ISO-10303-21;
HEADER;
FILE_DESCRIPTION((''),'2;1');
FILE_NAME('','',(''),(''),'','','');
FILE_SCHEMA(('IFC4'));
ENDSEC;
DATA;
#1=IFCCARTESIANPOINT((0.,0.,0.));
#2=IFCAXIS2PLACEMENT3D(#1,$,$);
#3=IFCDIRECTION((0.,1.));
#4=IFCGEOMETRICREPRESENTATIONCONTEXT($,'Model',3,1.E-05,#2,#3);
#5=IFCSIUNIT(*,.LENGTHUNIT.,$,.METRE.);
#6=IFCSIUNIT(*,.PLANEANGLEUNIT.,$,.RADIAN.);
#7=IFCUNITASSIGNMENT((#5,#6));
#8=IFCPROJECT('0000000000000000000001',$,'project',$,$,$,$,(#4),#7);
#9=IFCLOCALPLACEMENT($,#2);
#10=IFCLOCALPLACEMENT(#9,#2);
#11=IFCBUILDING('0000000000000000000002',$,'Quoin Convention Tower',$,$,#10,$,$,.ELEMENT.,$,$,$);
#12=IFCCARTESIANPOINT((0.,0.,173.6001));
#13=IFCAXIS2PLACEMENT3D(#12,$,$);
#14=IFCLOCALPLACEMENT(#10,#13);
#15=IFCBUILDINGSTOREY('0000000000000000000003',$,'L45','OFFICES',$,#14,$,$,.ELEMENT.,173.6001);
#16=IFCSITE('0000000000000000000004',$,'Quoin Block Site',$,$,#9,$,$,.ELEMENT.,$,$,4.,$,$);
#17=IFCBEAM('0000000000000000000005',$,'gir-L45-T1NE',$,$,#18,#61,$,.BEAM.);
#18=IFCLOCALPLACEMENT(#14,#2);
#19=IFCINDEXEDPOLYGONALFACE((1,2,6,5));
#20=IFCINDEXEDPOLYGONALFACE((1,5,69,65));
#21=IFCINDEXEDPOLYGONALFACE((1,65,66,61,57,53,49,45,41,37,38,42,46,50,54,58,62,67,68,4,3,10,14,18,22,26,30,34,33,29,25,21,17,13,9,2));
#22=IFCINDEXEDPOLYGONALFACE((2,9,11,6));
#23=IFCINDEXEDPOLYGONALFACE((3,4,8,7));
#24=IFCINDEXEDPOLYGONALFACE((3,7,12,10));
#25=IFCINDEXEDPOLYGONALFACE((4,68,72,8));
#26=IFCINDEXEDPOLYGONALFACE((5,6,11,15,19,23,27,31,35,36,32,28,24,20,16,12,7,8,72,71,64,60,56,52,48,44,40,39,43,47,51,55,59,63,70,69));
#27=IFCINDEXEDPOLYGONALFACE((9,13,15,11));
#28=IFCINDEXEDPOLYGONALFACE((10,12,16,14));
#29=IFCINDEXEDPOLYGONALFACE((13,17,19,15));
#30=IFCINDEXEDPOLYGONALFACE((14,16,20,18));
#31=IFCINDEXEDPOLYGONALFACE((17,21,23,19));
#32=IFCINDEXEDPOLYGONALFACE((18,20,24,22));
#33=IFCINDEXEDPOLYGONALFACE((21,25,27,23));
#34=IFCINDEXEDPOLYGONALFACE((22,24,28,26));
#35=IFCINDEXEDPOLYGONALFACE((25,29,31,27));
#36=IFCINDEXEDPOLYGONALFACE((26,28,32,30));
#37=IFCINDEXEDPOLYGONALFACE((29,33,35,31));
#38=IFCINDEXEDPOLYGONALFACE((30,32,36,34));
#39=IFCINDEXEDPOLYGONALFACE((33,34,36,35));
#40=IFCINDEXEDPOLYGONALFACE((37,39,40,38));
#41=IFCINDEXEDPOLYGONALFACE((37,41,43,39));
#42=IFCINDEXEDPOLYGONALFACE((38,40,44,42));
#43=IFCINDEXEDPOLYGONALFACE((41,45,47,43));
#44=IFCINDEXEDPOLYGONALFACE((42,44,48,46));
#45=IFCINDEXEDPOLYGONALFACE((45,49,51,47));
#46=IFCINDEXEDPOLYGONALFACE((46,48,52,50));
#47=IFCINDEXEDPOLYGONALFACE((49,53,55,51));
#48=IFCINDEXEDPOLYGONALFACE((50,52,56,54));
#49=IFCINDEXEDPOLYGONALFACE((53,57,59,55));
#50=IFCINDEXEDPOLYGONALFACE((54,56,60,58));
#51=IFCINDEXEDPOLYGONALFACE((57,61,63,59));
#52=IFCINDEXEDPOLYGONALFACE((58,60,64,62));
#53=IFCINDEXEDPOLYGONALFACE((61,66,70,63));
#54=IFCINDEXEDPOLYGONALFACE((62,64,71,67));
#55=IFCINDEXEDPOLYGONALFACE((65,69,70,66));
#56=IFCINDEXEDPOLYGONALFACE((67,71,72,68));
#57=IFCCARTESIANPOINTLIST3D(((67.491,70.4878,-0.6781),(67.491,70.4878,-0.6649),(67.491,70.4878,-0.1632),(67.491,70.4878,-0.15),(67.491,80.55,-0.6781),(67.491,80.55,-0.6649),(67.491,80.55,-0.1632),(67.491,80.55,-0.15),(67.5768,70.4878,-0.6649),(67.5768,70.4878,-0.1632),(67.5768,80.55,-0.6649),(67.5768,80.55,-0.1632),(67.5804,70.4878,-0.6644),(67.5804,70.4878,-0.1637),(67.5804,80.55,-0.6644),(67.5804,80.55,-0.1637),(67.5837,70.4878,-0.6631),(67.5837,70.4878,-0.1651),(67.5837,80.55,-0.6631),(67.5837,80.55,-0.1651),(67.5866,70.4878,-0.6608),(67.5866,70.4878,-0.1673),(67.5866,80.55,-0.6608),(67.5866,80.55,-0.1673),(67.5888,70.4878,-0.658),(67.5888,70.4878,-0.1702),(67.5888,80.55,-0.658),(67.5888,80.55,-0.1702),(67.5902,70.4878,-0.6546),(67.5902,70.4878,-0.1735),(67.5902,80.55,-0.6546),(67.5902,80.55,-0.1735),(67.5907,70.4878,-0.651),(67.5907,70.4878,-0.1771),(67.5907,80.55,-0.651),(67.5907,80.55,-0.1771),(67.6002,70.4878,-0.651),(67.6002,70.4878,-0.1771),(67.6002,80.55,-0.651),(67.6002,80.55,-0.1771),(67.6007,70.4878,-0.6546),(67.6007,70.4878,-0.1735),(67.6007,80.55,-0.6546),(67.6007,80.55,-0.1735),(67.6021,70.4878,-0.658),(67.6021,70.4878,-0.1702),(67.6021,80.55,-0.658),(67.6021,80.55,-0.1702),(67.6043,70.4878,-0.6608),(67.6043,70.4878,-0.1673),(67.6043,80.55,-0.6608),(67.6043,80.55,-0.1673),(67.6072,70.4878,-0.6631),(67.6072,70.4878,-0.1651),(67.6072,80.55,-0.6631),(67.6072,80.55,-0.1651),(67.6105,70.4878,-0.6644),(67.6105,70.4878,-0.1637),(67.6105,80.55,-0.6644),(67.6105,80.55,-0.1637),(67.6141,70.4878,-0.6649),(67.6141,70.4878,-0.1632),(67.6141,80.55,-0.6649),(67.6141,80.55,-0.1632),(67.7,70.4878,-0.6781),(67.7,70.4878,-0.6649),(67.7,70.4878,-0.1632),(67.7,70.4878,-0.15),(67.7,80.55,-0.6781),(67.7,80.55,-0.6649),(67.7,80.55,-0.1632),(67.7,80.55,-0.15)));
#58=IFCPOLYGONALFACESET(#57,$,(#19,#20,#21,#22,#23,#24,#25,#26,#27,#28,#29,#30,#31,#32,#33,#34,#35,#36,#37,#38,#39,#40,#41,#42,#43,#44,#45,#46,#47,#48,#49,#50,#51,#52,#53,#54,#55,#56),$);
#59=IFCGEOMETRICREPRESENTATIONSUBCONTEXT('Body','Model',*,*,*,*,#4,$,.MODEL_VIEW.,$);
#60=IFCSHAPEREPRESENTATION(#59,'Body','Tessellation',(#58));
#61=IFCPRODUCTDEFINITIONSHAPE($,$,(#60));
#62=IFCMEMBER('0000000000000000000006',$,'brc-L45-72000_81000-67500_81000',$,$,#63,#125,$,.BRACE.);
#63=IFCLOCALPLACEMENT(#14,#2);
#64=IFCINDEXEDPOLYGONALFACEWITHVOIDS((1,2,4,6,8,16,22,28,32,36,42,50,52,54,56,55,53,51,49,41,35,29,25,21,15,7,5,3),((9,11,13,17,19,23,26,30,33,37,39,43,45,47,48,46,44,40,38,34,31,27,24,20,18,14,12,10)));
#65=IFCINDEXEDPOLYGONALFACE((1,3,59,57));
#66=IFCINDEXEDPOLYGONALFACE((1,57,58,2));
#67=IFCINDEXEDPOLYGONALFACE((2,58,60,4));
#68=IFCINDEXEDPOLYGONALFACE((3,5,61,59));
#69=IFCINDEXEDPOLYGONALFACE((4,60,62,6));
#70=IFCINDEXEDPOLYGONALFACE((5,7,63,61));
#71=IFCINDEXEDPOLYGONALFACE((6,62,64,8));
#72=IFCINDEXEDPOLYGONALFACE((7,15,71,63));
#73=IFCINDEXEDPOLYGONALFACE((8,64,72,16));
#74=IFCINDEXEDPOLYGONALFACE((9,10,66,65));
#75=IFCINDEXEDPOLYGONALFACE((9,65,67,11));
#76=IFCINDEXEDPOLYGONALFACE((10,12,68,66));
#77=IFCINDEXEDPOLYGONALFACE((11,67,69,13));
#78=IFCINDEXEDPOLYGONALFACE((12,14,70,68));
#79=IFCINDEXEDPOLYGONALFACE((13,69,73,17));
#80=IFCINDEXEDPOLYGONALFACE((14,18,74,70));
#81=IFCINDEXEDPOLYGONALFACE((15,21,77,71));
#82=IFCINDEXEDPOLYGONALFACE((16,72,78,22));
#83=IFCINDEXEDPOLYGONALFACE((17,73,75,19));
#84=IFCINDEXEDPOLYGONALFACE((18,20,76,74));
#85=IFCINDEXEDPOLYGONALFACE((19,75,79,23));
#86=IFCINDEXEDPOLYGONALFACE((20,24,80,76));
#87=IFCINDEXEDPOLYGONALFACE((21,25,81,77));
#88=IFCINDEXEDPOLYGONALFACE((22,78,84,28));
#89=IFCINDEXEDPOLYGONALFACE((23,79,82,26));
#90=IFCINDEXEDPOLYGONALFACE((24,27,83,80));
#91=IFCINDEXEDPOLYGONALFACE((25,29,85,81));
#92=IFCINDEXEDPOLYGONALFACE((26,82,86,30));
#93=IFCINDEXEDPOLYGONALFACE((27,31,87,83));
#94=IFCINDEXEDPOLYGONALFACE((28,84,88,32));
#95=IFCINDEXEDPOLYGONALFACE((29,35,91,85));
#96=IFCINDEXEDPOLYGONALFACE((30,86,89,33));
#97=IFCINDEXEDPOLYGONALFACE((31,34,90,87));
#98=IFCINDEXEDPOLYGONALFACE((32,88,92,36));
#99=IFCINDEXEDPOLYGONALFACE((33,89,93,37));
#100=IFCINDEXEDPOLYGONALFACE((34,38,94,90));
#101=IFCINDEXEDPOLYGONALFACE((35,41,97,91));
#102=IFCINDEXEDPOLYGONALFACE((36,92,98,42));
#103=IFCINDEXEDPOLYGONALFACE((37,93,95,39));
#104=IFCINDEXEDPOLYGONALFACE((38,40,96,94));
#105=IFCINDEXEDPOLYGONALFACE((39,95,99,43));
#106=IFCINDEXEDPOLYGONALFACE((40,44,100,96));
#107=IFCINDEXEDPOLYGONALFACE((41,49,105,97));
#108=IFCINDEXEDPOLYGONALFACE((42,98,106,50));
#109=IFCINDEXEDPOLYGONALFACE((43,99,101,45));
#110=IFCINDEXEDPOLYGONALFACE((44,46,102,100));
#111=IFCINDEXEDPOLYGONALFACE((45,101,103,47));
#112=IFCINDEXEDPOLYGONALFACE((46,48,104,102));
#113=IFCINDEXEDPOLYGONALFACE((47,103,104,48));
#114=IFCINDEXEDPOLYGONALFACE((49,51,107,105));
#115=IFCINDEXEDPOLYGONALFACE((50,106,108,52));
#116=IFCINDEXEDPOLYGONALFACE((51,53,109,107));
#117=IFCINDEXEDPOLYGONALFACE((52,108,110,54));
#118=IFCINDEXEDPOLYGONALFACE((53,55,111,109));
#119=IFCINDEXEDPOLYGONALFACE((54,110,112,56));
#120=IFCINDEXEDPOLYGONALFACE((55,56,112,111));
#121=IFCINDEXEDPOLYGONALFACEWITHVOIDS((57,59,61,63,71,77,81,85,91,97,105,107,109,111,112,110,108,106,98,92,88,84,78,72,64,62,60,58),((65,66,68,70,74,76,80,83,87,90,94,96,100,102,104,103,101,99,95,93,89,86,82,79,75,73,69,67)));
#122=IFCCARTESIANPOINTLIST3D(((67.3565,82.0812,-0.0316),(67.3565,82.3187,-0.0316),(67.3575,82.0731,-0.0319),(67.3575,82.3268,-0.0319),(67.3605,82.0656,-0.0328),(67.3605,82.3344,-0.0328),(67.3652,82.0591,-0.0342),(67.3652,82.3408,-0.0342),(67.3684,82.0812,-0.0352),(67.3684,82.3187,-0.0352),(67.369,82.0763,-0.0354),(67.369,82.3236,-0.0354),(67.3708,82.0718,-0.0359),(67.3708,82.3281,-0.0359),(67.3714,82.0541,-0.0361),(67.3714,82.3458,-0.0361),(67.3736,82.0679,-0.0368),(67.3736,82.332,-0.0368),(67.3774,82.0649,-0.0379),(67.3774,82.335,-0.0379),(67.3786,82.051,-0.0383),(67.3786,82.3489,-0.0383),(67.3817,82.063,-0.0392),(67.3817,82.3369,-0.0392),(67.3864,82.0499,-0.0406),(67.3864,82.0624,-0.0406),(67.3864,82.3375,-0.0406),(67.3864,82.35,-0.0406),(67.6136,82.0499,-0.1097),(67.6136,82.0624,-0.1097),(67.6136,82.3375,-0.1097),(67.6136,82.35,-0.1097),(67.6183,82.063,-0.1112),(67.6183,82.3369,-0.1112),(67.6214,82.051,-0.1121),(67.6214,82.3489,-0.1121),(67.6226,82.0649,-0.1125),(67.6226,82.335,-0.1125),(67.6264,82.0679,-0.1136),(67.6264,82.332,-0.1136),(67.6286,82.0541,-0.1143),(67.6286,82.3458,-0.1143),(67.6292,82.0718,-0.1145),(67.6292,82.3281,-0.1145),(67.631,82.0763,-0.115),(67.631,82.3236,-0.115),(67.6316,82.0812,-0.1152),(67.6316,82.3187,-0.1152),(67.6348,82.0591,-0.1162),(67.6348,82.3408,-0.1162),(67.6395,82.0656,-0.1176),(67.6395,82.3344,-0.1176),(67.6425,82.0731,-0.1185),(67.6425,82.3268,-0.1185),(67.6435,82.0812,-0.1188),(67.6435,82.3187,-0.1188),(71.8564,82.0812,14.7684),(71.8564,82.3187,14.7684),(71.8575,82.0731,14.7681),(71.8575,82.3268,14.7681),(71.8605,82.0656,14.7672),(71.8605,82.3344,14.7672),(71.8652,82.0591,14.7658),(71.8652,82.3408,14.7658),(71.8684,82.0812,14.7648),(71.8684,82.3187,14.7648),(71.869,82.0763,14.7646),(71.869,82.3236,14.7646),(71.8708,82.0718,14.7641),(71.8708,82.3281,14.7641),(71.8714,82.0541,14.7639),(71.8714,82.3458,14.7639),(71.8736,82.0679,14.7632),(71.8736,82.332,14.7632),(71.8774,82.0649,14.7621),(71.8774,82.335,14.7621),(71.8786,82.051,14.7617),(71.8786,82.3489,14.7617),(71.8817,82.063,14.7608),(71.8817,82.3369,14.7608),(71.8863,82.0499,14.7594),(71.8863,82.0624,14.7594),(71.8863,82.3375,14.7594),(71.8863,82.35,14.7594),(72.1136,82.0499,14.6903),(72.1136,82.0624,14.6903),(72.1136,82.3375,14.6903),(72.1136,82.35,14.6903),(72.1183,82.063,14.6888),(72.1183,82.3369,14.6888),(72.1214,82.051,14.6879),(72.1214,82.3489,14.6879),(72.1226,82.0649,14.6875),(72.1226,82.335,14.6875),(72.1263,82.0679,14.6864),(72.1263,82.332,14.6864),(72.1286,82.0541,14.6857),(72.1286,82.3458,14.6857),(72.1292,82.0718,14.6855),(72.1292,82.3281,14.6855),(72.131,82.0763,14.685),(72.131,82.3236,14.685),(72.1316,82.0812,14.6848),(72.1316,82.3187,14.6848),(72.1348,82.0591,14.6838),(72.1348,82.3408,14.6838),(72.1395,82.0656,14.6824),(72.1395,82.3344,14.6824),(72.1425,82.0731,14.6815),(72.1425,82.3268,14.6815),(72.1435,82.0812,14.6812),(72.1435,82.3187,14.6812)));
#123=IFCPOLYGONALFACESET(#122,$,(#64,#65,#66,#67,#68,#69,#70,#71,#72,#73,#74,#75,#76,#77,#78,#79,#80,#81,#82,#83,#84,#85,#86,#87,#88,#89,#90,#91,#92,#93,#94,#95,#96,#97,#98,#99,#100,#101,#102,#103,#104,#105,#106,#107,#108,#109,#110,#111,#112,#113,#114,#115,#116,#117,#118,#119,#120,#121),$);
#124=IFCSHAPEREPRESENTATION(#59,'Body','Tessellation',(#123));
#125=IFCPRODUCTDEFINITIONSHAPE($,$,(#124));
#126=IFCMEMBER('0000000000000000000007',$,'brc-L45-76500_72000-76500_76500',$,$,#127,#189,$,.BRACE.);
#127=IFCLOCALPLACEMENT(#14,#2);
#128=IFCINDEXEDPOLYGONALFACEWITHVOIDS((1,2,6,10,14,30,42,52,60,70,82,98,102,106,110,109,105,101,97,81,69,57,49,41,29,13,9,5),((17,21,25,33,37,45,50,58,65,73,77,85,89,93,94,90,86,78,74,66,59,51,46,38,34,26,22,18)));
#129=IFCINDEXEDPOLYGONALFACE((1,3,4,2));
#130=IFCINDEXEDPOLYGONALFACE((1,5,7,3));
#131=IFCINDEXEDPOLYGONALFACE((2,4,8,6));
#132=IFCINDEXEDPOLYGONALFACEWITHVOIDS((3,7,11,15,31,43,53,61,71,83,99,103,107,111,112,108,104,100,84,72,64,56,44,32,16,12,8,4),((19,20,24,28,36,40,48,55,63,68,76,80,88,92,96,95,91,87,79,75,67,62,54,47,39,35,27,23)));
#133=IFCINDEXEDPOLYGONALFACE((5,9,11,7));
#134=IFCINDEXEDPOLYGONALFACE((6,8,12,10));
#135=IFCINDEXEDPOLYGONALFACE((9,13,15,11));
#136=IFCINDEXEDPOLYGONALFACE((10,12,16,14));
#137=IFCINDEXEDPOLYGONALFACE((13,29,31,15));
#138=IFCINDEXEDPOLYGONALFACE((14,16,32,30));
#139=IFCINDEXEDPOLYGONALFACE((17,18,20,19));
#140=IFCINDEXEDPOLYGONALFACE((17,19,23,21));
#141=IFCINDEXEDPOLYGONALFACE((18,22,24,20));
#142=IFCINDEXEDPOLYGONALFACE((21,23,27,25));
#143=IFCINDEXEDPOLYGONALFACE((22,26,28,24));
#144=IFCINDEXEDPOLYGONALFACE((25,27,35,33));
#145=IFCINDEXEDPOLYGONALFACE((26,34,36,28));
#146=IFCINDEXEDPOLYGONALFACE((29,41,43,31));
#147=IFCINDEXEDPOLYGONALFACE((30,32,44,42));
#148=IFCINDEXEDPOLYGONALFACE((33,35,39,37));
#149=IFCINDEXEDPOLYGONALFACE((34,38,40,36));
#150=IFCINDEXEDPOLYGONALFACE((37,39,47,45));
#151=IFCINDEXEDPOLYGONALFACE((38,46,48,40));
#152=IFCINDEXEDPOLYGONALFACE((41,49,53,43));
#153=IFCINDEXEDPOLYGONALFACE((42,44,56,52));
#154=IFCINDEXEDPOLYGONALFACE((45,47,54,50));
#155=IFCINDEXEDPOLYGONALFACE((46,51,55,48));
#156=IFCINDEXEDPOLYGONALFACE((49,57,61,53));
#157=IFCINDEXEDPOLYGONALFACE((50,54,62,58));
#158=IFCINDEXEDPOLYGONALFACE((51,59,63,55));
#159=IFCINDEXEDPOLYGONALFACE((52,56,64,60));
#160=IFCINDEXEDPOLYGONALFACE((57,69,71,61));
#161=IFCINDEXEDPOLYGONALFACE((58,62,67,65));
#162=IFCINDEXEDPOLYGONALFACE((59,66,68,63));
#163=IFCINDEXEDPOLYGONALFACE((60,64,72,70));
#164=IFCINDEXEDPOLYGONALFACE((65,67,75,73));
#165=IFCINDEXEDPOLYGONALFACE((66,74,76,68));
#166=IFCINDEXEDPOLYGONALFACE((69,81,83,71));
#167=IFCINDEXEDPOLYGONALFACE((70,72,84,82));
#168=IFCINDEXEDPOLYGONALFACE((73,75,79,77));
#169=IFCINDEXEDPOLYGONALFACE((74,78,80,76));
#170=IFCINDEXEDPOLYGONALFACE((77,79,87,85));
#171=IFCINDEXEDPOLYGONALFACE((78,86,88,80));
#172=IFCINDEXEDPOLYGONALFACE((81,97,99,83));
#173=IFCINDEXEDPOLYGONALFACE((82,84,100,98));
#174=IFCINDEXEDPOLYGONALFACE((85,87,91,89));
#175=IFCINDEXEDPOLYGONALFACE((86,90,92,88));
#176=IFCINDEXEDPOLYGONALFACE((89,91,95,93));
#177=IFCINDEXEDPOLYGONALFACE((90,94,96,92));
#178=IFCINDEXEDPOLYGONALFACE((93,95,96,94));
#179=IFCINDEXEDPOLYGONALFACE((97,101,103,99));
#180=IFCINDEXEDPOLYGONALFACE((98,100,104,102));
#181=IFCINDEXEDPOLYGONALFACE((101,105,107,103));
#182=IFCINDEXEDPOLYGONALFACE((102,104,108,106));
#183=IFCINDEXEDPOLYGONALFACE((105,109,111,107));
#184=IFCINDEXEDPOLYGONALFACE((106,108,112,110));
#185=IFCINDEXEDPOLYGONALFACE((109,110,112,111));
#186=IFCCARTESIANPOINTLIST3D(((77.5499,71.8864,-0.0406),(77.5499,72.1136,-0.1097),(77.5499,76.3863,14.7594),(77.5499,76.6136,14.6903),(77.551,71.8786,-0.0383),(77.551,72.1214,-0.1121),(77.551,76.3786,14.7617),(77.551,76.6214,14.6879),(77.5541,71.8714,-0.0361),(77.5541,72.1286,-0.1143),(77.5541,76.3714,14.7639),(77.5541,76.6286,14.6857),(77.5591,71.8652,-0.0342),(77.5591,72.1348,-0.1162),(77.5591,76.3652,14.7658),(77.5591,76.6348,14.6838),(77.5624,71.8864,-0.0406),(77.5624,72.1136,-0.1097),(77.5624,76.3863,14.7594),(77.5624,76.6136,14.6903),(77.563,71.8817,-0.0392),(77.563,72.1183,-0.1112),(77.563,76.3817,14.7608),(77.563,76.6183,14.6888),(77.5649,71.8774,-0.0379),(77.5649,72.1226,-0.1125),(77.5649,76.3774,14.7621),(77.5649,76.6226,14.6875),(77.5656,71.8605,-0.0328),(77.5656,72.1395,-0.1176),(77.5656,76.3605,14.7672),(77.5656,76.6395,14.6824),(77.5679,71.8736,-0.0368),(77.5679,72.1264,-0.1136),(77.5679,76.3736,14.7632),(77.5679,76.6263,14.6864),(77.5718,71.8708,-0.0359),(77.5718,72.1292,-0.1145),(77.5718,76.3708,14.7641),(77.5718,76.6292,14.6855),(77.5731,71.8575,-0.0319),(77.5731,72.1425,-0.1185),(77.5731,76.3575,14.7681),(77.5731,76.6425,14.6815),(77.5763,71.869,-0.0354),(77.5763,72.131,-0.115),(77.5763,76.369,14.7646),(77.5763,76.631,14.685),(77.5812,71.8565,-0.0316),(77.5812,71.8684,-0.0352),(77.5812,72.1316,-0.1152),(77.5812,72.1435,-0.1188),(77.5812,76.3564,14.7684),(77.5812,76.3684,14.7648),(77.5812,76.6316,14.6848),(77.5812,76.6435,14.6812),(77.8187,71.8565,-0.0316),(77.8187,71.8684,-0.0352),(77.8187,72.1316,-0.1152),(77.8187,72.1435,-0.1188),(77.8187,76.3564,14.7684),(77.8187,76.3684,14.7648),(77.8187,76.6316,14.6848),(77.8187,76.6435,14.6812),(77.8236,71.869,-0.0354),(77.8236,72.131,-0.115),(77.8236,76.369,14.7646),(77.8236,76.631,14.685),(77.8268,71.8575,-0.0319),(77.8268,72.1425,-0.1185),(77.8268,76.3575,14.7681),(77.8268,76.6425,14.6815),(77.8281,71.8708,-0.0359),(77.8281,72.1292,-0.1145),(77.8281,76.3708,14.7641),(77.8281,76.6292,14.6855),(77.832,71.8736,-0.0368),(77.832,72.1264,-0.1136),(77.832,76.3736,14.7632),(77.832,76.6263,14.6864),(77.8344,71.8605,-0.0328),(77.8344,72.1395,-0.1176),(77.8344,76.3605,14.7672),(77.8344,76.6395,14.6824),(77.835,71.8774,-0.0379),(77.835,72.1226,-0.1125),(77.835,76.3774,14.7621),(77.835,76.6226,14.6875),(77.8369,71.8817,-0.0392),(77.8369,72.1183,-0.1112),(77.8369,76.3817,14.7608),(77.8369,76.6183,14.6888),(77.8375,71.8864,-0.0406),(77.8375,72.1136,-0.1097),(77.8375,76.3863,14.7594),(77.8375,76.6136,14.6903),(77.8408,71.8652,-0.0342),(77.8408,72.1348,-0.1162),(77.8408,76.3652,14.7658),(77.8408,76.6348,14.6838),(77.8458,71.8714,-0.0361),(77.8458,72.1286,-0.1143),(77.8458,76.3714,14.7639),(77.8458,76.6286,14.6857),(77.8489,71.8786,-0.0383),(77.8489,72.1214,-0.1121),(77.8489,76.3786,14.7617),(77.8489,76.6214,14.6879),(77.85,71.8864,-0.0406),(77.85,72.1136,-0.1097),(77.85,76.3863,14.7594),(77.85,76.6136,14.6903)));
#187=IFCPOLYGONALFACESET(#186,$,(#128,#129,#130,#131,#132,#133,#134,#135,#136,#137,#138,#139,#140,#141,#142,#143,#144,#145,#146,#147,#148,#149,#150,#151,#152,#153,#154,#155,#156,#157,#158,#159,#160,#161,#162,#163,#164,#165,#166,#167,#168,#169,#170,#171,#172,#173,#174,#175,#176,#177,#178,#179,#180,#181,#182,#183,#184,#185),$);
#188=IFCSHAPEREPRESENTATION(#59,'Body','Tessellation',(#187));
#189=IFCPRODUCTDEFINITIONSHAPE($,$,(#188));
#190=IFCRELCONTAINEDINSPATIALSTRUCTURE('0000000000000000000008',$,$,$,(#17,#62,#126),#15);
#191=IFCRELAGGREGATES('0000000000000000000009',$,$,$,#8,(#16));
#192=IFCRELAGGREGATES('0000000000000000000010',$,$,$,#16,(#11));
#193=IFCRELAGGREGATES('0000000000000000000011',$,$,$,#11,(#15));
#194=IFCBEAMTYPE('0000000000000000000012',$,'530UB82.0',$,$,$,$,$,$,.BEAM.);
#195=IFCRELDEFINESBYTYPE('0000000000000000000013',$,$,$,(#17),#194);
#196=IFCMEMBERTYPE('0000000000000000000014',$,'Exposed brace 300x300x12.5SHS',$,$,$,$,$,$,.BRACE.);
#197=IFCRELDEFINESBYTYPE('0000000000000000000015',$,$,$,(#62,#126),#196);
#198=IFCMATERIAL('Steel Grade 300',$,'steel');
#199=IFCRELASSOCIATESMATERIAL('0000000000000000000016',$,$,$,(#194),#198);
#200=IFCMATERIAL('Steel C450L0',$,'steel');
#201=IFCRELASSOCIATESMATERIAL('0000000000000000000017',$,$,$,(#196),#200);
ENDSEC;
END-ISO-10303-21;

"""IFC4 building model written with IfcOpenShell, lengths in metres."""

from ifc_helpers import new_model, si_unit, direction, frame, origin, origin_2d, place, context, subcontext, project, spatial, hollow_rectangle, i_section, extrude, material, material_profile, profile_set, type_object, element, save


model = new_model("IFC4")

# Units and contexts
model_context = context("Model", 3, precision=1e-05, world=origin(), true_north=direction((0.0, 1.0)))
body_context = subcontext(model_context, "Body", "Model", "MODEL_VIEW")
ifc_project = project(units=[si_unit("LENGTHUNIT", "METRE"), si_unit("PLANEANGLEUNIT", "RADIAN")], contexts=[model_context])

# Site, building, storey
site_placement = place(None, origin())
site = spatial("IfcSite", under=ifc_project, at=site_placement, Name="Quoin Block Site", CompositionType="ELEMENT", RefElevation=4.0)
building_placement = place(site_placement, origin())
building = spatial("IfcBuilding", under=site, at=building_placement, Name="Quoin Convention Tower", CompositionType="ELEMENT")
storey_placement = place(building_placement, frame((0.0, 0.0, 173.6001)))
storey = spatial("IfcBuildingStorey", under=building, at=storey_placement, Name="L45", Description="OFFICES", CompositionType="ELEMENT", Elevation=173.6001)

# Beam
ifc_material_1 = material(Name="Steel Grade 300", Category="steel")
ifc_material_profile_1 = material_profile(ifc_material_1, i_section(OverallWidth=0.209, OverallDepth=0.5281, WebThickness=0.0095, FlangeThickness=0.0132, FilletRadius=0.0139, at=origin_2d()), Name="530UB82.0")
ifc_profile_set_1 = profile_set([ifc_material_profile_1], Name="Steel Grade 300")
beam_type_1 = type_object("IfcBeamType", Name="530UB82.0", PredefinedType="BEAM", material=ifc_profile_set_1)
beam_1_placement = place(storey_placement, frame((67.5955, 80.55, -0.4141), z_axis=(0.0, -1.0, 0.0), x_axis=(1.0, 0.0, 0.0)))
element("IfcBeam", 1, at=beam_1_placement, inside=storey, type_object=beam_type_1, Name="gir-L45-T1NE", PredefinedType="BEAM", context=body_context, shape_type="SweptSolid", body=[
    extrude(i_section(OverallWidth=0.209, OverallDepth=0.5281, WebThickness=0.0095, FlangeThickness=0.0132, FilletRadius=0.0139, at=origin_2d()), origin(), (0.0, 0.0, 1.0), 10.0623),
])

# Members
ifc_material_2 = material(Name="Steel C450L0", Category="steel")
ifc_material_profile_2 = material_profile(ifc_material_2, hollow_rectangle(XDim=0.3, YDim=0.3, WallThickness=0.0125, InnerFilletRadius=0.0188, OuterFilletRadius=0.0312, at=origin_2d()), Name="300x300x12.5SHS")
ifc_profile_set_2 = profile_set([ifc_material_profile_2], Name="Steel C450L0")
member_type = type_object("IfcMemberType", Name="Exposed brace 300x300x12.5SHS", PredefinedType="BRACE", material=ifc_profile_set_2)
for number, where, z_axis, x_axis, name in (
    (2, (67.5, 82.2, -0.0752), (0.290903, 0.0, 0.956752), (0.0, 1.0, 0.0), "brc-L45-72000_81000-67500_81000"),
    (3, (77.7, 72.0, -0.0752), (0.0, 0.290903, 0.956752), (-1.0, 0.0, 0.0), "brc-L45-76500_72000-76500_76500"),
):
    element("IfcMember", number, at=place(storey_placement, frame(where, z_axis=z_axis, x_axis=x_axis)), inside=storey, type_object=member_type, Name=name, PredefinedType="BRACE", context=body_context, shape_type="SweptSolid", body=[
        extrude(hollow_rectangle(XDim=0.3, YDim=0.3, WallThickness=0.0125, InnerFilletRadius=0.0188, OuterFilletRadius=0.0312, at=origin_2d()), origin(), (0.0, 0.0, 1.0), 15.469),
    ])

save(model, "model.ifc")
